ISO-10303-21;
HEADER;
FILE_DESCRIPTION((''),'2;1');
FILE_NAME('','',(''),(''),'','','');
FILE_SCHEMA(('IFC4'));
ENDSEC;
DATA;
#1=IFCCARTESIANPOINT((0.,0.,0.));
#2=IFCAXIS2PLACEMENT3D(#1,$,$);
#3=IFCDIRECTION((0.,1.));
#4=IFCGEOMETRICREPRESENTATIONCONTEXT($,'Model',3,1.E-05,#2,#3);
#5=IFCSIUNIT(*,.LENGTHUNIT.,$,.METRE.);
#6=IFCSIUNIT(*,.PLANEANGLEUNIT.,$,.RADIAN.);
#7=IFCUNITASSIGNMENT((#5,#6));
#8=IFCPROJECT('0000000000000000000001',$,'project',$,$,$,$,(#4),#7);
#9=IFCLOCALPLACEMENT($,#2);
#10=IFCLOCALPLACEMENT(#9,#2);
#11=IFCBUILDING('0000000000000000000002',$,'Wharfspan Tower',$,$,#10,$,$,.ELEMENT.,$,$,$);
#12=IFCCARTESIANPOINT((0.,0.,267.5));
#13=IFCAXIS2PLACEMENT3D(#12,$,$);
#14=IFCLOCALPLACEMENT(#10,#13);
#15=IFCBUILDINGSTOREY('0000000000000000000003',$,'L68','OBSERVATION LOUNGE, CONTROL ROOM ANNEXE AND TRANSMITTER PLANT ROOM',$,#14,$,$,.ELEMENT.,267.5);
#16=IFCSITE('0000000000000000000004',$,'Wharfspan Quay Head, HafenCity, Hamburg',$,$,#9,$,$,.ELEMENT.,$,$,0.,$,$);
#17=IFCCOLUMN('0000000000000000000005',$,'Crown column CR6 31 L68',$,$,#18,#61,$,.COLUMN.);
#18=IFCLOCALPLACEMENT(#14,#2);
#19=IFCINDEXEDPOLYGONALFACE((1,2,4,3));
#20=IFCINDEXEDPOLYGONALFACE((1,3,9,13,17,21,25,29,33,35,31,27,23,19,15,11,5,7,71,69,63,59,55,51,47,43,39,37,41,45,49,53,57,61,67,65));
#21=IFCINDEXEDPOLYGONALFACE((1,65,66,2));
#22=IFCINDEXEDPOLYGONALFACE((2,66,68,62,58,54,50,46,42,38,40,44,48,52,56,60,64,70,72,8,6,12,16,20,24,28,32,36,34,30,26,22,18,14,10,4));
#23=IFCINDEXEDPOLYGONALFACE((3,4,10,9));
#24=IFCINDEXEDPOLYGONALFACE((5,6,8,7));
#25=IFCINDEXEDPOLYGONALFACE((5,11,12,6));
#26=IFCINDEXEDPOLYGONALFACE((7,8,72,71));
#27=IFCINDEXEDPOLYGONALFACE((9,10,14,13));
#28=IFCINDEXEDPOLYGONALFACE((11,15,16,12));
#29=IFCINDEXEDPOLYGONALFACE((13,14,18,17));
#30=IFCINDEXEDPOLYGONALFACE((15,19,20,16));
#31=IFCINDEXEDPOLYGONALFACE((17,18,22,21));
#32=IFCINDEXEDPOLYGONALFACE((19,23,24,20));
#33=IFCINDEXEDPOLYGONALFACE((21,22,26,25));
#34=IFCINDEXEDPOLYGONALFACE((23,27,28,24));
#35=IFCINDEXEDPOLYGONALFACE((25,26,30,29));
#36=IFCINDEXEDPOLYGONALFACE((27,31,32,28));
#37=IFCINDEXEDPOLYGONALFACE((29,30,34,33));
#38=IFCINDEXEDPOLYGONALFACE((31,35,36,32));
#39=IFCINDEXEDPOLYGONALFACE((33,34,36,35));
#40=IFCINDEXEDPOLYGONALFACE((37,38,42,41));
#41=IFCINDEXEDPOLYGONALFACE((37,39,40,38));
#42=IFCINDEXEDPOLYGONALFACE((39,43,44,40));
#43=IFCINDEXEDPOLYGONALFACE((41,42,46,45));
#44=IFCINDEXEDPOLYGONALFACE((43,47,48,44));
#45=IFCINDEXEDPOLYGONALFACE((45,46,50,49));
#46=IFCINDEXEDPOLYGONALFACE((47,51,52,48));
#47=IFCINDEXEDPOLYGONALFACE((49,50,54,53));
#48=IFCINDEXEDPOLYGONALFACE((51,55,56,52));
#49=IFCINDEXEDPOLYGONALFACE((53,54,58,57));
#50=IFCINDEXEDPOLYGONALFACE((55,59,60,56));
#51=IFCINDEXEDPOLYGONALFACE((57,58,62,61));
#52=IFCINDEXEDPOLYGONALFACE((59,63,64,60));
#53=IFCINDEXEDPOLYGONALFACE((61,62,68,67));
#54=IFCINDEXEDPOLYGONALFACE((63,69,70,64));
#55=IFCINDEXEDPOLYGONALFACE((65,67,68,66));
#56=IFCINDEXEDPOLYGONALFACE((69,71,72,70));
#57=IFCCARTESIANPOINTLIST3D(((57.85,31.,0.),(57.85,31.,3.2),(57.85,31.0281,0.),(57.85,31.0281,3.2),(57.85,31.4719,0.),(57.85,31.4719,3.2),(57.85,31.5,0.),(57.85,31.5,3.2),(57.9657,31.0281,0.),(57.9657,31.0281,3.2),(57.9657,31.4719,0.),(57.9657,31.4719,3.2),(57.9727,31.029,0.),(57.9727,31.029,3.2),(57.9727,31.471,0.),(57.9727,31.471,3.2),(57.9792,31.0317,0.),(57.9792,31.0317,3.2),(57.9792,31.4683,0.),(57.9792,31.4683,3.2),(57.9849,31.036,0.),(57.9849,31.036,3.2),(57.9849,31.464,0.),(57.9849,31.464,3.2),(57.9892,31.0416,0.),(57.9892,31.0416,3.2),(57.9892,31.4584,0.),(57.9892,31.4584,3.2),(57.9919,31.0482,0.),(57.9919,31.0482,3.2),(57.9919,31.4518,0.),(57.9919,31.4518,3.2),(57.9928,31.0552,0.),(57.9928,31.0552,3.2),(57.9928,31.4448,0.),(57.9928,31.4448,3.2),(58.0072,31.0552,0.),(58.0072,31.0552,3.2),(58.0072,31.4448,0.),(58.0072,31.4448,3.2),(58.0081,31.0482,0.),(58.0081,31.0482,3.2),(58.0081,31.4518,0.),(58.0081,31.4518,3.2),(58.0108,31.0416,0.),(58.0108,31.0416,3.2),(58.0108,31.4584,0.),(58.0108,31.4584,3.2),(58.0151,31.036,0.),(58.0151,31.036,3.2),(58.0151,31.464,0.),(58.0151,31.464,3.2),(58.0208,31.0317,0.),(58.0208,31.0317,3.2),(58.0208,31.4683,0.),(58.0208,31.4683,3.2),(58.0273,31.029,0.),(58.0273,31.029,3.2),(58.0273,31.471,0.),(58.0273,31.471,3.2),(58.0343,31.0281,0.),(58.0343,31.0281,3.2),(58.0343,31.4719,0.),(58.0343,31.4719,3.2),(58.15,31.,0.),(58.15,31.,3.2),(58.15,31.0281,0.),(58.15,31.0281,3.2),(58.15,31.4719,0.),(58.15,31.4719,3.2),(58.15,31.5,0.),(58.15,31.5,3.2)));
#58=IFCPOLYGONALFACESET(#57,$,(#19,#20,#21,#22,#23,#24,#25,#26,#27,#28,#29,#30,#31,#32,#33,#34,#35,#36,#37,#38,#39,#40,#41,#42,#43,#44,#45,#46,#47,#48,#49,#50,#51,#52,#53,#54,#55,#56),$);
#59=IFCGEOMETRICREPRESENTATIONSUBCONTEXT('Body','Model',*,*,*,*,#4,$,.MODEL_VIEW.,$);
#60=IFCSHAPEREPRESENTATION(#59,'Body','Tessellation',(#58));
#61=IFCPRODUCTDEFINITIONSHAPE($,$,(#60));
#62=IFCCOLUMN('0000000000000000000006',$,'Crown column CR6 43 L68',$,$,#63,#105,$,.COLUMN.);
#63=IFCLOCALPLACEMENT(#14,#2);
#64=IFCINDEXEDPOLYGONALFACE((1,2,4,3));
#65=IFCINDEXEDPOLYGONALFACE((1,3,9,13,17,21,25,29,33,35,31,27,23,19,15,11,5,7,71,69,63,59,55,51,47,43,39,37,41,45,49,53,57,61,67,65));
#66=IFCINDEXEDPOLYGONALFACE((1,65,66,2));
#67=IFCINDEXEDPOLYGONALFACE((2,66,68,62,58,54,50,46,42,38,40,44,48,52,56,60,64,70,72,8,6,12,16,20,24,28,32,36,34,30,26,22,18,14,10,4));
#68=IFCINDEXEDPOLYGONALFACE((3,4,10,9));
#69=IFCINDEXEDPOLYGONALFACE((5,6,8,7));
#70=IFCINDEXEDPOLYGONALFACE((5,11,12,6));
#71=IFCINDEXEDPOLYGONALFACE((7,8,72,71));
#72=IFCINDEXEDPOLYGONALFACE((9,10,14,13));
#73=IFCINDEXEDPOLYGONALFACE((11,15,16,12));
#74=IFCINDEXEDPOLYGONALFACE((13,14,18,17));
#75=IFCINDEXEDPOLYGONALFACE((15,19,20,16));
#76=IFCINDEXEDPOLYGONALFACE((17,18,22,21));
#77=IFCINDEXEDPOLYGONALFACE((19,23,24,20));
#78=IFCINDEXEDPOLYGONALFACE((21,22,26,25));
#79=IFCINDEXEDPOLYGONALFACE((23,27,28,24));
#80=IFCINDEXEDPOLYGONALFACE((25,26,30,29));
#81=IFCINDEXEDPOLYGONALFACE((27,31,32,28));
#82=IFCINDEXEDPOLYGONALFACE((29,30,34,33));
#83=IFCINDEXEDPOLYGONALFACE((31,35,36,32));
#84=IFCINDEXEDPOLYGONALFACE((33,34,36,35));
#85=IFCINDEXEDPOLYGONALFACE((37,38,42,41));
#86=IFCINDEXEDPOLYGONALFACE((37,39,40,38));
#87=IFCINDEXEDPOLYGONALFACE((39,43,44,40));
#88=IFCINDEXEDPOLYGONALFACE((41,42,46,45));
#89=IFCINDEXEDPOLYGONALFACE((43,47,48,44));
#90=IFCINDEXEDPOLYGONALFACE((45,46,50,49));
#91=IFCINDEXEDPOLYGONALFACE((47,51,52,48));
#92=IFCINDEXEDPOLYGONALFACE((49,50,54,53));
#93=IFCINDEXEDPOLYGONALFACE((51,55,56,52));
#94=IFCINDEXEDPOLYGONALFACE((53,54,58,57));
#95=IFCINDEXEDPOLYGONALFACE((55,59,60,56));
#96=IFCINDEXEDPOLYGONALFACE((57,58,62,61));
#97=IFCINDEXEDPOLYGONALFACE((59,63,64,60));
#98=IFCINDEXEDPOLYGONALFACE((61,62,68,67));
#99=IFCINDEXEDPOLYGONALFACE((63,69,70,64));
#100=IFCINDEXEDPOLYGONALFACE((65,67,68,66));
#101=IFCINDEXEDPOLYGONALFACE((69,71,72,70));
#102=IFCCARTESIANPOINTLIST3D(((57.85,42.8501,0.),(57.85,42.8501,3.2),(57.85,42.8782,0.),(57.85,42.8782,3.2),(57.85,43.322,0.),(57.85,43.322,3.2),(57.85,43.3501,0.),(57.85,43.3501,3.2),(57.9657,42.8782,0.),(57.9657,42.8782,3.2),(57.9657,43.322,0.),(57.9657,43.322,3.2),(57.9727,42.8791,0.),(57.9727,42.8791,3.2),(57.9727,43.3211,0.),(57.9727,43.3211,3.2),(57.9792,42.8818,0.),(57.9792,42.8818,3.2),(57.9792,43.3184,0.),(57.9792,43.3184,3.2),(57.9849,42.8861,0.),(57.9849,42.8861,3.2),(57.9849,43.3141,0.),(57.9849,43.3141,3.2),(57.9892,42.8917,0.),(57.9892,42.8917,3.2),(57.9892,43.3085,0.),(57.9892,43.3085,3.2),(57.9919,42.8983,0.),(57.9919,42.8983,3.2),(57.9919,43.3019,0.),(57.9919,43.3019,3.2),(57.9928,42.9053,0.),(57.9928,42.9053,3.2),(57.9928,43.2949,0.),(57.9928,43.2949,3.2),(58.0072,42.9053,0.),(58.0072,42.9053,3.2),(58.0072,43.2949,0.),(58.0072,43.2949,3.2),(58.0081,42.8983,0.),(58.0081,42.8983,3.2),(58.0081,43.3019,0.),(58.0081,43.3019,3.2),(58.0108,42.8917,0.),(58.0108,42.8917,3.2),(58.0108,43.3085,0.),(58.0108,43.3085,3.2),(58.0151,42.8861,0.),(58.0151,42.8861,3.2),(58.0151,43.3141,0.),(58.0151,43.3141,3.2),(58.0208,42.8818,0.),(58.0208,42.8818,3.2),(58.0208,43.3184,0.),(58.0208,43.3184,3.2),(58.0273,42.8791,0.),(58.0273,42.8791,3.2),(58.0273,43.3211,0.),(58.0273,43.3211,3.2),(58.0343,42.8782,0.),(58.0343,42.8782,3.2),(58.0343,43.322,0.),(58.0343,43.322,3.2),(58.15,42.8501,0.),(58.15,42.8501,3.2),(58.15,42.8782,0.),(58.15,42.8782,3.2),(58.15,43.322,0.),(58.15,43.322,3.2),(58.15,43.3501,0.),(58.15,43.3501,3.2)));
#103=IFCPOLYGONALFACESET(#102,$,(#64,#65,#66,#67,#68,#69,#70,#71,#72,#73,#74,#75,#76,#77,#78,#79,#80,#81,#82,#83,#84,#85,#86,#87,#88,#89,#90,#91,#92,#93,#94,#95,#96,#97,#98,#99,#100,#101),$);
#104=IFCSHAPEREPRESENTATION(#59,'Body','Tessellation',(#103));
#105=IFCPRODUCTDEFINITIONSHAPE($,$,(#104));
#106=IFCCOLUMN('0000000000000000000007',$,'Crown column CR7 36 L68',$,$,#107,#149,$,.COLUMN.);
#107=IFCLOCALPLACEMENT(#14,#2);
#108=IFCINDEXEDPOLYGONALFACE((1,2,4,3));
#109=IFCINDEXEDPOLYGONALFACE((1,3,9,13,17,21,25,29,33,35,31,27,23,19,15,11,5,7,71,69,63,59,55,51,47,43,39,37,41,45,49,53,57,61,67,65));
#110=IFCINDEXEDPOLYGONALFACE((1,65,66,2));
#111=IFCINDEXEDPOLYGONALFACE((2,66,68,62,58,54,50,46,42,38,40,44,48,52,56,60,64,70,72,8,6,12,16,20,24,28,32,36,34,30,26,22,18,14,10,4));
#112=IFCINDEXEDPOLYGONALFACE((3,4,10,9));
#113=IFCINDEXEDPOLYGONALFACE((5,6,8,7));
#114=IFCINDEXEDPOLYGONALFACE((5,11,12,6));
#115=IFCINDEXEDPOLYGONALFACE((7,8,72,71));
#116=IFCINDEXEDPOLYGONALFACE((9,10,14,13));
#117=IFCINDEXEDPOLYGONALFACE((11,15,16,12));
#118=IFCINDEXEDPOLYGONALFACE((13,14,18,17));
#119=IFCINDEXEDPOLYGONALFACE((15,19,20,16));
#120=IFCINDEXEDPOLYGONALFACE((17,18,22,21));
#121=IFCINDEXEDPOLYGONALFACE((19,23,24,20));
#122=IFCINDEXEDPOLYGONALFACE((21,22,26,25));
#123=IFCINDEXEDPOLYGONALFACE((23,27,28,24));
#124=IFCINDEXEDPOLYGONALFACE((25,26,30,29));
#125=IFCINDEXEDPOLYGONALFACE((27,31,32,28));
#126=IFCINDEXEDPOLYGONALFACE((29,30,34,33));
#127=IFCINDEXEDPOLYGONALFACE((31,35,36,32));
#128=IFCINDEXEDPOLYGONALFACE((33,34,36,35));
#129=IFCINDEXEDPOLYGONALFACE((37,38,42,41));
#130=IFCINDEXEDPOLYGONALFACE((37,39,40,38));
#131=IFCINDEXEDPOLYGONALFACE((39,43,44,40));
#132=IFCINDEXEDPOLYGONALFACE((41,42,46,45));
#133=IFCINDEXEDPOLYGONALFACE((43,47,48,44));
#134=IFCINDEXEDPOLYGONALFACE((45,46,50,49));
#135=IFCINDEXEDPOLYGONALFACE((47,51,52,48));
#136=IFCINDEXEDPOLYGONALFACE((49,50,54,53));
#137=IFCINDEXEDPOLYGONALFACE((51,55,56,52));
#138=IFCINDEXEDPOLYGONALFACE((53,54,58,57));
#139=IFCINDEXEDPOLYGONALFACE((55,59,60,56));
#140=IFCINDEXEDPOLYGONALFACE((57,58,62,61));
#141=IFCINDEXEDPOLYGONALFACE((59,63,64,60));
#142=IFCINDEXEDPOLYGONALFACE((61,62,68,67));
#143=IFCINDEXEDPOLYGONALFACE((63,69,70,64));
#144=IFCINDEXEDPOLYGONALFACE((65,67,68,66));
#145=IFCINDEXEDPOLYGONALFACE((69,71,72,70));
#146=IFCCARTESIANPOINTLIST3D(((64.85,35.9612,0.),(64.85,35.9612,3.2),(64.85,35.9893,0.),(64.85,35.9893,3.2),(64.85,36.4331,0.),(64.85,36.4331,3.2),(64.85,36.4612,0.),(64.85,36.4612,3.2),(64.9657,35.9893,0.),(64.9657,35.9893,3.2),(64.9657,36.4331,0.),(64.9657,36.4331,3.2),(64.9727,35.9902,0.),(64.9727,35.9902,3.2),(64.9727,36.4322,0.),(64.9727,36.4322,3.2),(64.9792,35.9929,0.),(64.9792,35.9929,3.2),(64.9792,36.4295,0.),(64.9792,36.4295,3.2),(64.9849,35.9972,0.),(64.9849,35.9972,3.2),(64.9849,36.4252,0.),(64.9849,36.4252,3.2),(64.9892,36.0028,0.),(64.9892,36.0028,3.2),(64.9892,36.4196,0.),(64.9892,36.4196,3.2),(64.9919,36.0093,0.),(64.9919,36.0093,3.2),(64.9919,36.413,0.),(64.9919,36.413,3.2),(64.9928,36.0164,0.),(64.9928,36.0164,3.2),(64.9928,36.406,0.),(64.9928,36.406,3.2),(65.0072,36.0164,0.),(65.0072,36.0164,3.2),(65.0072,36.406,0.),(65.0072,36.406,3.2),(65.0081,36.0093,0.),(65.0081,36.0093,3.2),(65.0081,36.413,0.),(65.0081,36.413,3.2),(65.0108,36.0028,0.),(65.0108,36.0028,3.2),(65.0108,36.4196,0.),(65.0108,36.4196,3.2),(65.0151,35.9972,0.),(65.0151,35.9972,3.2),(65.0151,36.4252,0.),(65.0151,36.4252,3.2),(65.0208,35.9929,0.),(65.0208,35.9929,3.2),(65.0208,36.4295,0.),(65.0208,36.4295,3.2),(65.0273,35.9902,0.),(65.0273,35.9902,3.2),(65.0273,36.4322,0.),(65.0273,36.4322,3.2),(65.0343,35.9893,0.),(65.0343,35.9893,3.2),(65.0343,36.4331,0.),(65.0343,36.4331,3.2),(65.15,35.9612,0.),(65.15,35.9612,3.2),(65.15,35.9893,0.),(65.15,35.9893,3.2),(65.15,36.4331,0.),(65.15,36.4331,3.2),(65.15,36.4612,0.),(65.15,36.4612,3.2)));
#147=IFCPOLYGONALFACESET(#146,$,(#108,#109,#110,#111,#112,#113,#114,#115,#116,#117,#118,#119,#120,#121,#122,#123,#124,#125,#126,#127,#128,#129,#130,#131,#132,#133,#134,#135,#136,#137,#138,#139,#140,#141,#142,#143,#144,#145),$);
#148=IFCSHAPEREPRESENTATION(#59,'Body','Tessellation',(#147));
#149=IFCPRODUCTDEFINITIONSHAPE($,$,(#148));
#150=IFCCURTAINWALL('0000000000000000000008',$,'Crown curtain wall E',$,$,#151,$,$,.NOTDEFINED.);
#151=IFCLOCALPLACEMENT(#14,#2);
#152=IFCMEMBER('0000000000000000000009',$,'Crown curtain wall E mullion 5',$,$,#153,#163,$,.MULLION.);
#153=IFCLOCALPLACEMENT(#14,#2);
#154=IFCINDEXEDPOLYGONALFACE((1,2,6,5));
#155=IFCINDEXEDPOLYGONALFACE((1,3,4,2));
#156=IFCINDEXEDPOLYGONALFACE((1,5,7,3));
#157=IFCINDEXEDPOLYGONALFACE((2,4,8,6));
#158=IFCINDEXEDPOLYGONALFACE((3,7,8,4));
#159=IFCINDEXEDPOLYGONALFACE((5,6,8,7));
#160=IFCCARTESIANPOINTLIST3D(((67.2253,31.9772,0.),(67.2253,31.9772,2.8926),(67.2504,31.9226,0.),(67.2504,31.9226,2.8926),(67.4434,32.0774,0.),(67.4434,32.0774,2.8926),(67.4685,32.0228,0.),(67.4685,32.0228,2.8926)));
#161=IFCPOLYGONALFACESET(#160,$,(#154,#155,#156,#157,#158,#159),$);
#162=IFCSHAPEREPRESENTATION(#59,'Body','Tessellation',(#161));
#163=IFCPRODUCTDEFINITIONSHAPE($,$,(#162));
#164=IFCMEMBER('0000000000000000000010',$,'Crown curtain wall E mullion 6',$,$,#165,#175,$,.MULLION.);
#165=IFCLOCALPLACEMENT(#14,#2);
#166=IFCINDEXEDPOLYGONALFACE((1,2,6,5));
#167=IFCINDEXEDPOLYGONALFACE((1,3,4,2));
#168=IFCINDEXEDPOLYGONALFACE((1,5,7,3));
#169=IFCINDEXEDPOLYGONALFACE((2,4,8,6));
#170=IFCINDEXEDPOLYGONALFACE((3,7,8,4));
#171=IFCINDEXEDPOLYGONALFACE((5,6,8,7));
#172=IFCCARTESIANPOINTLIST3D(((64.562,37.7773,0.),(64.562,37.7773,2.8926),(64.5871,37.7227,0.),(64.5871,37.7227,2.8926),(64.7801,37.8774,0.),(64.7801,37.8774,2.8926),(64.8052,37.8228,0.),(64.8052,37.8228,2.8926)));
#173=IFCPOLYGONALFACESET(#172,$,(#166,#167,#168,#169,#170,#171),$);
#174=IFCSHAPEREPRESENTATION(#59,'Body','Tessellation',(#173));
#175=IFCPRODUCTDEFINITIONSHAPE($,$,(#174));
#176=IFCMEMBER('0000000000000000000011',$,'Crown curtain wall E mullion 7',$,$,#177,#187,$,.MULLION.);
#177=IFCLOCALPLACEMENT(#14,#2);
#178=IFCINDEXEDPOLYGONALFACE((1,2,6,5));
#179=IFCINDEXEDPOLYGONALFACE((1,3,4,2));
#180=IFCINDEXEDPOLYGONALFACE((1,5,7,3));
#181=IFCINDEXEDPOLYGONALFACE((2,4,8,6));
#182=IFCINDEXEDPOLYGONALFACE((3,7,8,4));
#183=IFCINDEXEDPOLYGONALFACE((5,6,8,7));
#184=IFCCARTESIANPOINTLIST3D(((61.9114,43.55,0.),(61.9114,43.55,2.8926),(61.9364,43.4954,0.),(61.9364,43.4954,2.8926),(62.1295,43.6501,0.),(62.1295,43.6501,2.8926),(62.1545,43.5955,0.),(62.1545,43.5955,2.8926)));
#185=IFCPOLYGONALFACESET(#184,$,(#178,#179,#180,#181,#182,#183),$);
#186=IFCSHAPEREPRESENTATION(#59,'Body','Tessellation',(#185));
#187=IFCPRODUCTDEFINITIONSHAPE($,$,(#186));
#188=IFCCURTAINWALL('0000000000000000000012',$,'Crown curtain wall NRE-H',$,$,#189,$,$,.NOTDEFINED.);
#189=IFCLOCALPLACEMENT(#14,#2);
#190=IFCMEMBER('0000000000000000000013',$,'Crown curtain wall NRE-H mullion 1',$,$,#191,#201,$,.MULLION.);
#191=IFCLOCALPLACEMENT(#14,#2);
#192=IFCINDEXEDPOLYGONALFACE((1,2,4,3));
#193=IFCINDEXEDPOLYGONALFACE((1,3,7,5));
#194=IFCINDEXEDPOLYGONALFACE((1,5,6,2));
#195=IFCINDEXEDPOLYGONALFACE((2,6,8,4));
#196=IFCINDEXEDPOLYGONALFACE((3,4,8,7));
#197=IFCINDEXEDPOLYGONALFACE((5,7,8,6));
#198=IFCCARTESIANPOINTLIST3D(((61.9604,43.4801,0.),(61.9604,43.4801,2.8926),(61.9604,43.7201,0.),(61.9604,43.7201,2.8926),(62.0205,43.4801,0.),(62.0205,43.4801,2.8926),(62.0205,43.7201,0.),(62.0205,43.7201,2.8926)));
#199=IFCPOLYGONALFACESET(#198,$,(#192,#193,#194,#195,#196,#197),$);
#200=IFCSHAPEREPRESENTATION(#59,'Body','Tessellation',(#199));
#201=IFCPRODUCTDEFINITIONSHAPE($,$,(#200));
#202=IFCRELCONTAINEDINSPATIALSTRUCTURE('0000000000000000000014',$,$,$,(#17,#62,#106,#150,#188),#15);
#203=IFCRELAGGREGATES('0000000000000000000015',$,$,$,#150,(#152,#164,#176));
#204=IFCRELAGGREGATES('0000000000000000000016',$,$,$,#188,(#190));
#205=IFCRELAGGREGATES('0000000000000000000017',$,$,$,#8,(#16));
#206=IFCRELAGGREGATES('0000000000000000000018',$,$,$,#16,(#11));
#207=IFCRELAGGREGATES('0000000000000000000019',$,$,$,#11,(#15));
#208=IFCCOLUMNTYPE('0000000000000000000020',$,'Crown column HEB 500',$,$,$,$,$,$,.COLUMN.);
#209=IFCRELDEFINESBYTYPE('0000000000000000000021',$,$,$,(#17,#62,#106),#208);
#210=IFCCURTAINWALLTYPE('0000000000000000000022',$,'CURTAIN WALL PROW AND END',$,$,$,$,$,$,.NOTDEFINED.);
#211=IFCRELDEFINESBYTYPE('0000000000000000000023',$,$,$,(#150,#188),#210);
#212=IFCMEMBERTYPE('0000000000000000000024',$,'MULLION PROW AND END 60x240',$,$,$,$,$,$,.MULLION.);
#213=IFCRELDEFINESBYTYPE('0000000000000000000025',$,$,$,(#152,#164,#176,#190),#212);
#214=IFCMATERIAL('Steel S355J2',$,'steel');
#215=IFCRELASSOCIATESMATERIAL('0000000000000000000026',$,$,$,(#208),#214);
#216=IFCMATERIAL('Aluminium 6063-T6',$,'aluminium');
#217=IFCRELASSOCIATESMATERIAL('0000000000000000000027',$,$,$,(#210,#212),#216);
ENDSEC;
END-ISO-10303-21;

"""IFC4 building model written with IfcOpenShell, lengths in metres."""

from ifc_helpers import new_model, si_unit, direction, frame, origin, origin_2d, place, context, subcontext, project, spatial, rectangle, i_section, extrude, material, material_profile, profile_set, type_object, element, aggregate, save


model = new_model("IFC4")

# Units and contexts
model_context = context("Model", 3, precision=1e-05, world=origin(), true_north=direction((0.0, 1.0)))
body_context = subcontext(model_context, "Body", "Model", "MODEL_VIEW")
ifc_project = project(units=[si_unit("LENGTHUNIT", "METRE"), si_unit("PLANEANGLEUNIT", "RADIAN")], contexts=[model_context])

# Site, building, storey
site_placement = place(None, origin())
site = spatial("IfcSite", under=ifc_project, at=site_placement, Name="Wharfspan Quay Head, HafenCity, Hamburg", CompositionType="ELEMENT", RefElevation=0.0)
building_placement = place(site_placement, origin())
building = spatial("IfcBuilding", under=site, at=building_placement, Name="Wharfspan Tower", CompositionType="ELEMENT")
storey_placement = place(building_placement, frame((0.0, 0.0, 267.5)))
storey = spatial("IfcBuildingStorey", under=building, at=storey_placement, Name="L68", Description="OBSERVATION LOUNGE, CONTROL ROOM ANNEXE AND TRANSMITTER PLANT ROOM", CompositionType="ELEMENT", Elevation=267.5)

# Columns
ifc_material_1 = material(Name="Steel S355J2", Category="steel")
ifc_material_profile_1 = material_profile(ifc_material_1, i_section(OverallWidth=0.3, OverallDepth=0.5, WebThickness=0.0144, FlangeThickness=0.0281, FilletRadius=0.0271, at=origin_2d()))
ifc_profile_set_1 = profile_set([ifc_material_profile_1], Name="Steel S355J2")
column_type = type_object("IfcColumnType", Name="Crown column HEB 500", PredefinedType="COLUMN", material=ifc_profile_set_1)
for number, where, z_axis, x_axis, name in (
    (1, (58.0, 31.25, 0.0), (0.0, 0.0, 1.0), (1.0, 0.0, 0.0), "Crown column CR6 31 L68"),
    (2, (58.0, 43.1001, 0.0), (0.0, 0.0, 1.0), (1.0, 0.0, 0.0), "Crown column CR6 43 L68"),
    (3, (65.0, 36.2112, 0.0), (0.0, 0.0, 1.0), (1.0, 0.0, 0.0), "Crown column CR7 36 L68"),
):
    element("IfcColumn", number, at=place(storey_placement, frame(where, z_axis=z_axis, x_axis=x_axis)), inside=storey, type_object=column_type, Name=name, PredefinedType="COLUMN", context=body_context, shape_type="SweptSolid", body=[
        extrude(i_section(OverallWidth=0.3, OverallDepth=0.5, WebThickness=0.0144, FlangeThickness=0.0281, FilletRadius=0.0271, at=origin_2d()), origin(), (0.0, 0.0, 1.0), 3.2),
    ])

# Curtain walls, members
ifc_material_2 = material(Name="Aluminium 6063-T6", Category="aluminium")
curtain_wall_type = type_object("IfcCurtainWallType", Name="CURTAIN WALL PROW AND END", PredefinedType="NOTDEFINED", material=ifc_material_2)
curtain_wall_1_placement = place(storey_placement, origin())
curtain_wall_1 = element("IfcCurtainWall", 4, at=curtain_wall_1_placement, inside=storey, type_object=curtain_wall_type, Name="Crown curtain wall E", PredefinedType="NOTDEFINED")
ifc_material_profile_2 = material_profile(ifc_material_2, rectangle(XDim=0.24, YDim=0.0601, at=origin_2d()))
ifc_profile_set_2 = profile_set([ifc_material_profile_2], Name="Aluminium 6063-T6")
member_type_1 = type_object("IfcMemberType", Name="MULLION PROW AND END 60x240", PredefinedType="MULLION", material=ifc_profile_set_2)
member_1_placement = place(storey_placement, frame((67.3469, 32.0, 0.0), z_axis=(0.0, 0.0, 1.0), x_axis=(-0.908769, -0.417292, 0.0)))
member_1 = element("IfcMember", 5, at=member_1_placement, type_object=member_type_1, Name="Crown curtain wall E mullion 5", PredefinedType="MULLION", context=body_context, shape_type="SweptSolid", body=[
    extrude(rectangle(XDim=0.24, YDim=0.0601, at=origin_2d()), origin(), (0.0, 0.0, 1.0), 2.8926),
])
member_2_placement = place(storey_placement, frame((64.6836, 37.8, 0.0), z_axis=(0.0, 0.0, 1.0), x_axis=(-0.908769, -0.417292, 0.0)))
member_2 = element("IfcMember", 6, at=member_2_placement, type_object=member_type_1, Name="Crown curtain wall E mullion 6", PredefinedType="MULLION", context=body_context, shape_type="SweptSolid", body=[
    extrude(rectangle(XDim=0.24, YDim=0.0601, at=origin_2d()), origin(), (0.0, 0.0, 1.0), 2.8926),
])
member_3_placement = place(storey_placement, frame((62.033, 43.5728, 0.0), z_axis=(0.0, 0.0, 1.0), x_axis=(-0.908769, -0.417292, 0.0)))
member_3 = element("IfcMember", 7, at=member_3_placement, type_object=member_type_1, Name="Crown curtain wall E mullion 7", PredefinedType="MULLION", context=body_context, shape_type="SweptSolid", body=[
    extrude(rectangle(XDim=0.24, YDim=0.0601, at=origin_2d()), origin(), (0.0, 0.0, 1.0), 2.8926),
])
curtain_wall_2_placement = place(storey_placement, origin())
curtain_wall_2 = element("IfcCurtainWall", 8, at=curtain_wall_2_placement, inside=storey, type_object=curtain_wall_type, Name="Crown curtain wall NRE-H", PredefinedType="NOTDEFINED")
member_4_placement = place(storey_placement, frame((61.9905, 43.6001, 0.0), z_axis=(0.0, 0.0, 1.0), x_axis=(0.0, -1.0, 0.0)))
member_4 = element("IfcMember", 9, at=member_4_placement, type_object=member_type_1, Name="Crown curtain wall NRE-H mullion 1", PredefinedType="MULLION", context=body_context, shape_type="SweptSolid", body=[
    extrude(rectangle(XDim=0.24, YDim=0.0601, at=origin_2d()), origin(), (0.0, 0.0, 1.0), 2.8926),
])

aggregate(curtain_wall_1, [member_1, member_2, member_3])
aggregate(curtain_wall_2, [member_4])

save(model, "model.ifc")
